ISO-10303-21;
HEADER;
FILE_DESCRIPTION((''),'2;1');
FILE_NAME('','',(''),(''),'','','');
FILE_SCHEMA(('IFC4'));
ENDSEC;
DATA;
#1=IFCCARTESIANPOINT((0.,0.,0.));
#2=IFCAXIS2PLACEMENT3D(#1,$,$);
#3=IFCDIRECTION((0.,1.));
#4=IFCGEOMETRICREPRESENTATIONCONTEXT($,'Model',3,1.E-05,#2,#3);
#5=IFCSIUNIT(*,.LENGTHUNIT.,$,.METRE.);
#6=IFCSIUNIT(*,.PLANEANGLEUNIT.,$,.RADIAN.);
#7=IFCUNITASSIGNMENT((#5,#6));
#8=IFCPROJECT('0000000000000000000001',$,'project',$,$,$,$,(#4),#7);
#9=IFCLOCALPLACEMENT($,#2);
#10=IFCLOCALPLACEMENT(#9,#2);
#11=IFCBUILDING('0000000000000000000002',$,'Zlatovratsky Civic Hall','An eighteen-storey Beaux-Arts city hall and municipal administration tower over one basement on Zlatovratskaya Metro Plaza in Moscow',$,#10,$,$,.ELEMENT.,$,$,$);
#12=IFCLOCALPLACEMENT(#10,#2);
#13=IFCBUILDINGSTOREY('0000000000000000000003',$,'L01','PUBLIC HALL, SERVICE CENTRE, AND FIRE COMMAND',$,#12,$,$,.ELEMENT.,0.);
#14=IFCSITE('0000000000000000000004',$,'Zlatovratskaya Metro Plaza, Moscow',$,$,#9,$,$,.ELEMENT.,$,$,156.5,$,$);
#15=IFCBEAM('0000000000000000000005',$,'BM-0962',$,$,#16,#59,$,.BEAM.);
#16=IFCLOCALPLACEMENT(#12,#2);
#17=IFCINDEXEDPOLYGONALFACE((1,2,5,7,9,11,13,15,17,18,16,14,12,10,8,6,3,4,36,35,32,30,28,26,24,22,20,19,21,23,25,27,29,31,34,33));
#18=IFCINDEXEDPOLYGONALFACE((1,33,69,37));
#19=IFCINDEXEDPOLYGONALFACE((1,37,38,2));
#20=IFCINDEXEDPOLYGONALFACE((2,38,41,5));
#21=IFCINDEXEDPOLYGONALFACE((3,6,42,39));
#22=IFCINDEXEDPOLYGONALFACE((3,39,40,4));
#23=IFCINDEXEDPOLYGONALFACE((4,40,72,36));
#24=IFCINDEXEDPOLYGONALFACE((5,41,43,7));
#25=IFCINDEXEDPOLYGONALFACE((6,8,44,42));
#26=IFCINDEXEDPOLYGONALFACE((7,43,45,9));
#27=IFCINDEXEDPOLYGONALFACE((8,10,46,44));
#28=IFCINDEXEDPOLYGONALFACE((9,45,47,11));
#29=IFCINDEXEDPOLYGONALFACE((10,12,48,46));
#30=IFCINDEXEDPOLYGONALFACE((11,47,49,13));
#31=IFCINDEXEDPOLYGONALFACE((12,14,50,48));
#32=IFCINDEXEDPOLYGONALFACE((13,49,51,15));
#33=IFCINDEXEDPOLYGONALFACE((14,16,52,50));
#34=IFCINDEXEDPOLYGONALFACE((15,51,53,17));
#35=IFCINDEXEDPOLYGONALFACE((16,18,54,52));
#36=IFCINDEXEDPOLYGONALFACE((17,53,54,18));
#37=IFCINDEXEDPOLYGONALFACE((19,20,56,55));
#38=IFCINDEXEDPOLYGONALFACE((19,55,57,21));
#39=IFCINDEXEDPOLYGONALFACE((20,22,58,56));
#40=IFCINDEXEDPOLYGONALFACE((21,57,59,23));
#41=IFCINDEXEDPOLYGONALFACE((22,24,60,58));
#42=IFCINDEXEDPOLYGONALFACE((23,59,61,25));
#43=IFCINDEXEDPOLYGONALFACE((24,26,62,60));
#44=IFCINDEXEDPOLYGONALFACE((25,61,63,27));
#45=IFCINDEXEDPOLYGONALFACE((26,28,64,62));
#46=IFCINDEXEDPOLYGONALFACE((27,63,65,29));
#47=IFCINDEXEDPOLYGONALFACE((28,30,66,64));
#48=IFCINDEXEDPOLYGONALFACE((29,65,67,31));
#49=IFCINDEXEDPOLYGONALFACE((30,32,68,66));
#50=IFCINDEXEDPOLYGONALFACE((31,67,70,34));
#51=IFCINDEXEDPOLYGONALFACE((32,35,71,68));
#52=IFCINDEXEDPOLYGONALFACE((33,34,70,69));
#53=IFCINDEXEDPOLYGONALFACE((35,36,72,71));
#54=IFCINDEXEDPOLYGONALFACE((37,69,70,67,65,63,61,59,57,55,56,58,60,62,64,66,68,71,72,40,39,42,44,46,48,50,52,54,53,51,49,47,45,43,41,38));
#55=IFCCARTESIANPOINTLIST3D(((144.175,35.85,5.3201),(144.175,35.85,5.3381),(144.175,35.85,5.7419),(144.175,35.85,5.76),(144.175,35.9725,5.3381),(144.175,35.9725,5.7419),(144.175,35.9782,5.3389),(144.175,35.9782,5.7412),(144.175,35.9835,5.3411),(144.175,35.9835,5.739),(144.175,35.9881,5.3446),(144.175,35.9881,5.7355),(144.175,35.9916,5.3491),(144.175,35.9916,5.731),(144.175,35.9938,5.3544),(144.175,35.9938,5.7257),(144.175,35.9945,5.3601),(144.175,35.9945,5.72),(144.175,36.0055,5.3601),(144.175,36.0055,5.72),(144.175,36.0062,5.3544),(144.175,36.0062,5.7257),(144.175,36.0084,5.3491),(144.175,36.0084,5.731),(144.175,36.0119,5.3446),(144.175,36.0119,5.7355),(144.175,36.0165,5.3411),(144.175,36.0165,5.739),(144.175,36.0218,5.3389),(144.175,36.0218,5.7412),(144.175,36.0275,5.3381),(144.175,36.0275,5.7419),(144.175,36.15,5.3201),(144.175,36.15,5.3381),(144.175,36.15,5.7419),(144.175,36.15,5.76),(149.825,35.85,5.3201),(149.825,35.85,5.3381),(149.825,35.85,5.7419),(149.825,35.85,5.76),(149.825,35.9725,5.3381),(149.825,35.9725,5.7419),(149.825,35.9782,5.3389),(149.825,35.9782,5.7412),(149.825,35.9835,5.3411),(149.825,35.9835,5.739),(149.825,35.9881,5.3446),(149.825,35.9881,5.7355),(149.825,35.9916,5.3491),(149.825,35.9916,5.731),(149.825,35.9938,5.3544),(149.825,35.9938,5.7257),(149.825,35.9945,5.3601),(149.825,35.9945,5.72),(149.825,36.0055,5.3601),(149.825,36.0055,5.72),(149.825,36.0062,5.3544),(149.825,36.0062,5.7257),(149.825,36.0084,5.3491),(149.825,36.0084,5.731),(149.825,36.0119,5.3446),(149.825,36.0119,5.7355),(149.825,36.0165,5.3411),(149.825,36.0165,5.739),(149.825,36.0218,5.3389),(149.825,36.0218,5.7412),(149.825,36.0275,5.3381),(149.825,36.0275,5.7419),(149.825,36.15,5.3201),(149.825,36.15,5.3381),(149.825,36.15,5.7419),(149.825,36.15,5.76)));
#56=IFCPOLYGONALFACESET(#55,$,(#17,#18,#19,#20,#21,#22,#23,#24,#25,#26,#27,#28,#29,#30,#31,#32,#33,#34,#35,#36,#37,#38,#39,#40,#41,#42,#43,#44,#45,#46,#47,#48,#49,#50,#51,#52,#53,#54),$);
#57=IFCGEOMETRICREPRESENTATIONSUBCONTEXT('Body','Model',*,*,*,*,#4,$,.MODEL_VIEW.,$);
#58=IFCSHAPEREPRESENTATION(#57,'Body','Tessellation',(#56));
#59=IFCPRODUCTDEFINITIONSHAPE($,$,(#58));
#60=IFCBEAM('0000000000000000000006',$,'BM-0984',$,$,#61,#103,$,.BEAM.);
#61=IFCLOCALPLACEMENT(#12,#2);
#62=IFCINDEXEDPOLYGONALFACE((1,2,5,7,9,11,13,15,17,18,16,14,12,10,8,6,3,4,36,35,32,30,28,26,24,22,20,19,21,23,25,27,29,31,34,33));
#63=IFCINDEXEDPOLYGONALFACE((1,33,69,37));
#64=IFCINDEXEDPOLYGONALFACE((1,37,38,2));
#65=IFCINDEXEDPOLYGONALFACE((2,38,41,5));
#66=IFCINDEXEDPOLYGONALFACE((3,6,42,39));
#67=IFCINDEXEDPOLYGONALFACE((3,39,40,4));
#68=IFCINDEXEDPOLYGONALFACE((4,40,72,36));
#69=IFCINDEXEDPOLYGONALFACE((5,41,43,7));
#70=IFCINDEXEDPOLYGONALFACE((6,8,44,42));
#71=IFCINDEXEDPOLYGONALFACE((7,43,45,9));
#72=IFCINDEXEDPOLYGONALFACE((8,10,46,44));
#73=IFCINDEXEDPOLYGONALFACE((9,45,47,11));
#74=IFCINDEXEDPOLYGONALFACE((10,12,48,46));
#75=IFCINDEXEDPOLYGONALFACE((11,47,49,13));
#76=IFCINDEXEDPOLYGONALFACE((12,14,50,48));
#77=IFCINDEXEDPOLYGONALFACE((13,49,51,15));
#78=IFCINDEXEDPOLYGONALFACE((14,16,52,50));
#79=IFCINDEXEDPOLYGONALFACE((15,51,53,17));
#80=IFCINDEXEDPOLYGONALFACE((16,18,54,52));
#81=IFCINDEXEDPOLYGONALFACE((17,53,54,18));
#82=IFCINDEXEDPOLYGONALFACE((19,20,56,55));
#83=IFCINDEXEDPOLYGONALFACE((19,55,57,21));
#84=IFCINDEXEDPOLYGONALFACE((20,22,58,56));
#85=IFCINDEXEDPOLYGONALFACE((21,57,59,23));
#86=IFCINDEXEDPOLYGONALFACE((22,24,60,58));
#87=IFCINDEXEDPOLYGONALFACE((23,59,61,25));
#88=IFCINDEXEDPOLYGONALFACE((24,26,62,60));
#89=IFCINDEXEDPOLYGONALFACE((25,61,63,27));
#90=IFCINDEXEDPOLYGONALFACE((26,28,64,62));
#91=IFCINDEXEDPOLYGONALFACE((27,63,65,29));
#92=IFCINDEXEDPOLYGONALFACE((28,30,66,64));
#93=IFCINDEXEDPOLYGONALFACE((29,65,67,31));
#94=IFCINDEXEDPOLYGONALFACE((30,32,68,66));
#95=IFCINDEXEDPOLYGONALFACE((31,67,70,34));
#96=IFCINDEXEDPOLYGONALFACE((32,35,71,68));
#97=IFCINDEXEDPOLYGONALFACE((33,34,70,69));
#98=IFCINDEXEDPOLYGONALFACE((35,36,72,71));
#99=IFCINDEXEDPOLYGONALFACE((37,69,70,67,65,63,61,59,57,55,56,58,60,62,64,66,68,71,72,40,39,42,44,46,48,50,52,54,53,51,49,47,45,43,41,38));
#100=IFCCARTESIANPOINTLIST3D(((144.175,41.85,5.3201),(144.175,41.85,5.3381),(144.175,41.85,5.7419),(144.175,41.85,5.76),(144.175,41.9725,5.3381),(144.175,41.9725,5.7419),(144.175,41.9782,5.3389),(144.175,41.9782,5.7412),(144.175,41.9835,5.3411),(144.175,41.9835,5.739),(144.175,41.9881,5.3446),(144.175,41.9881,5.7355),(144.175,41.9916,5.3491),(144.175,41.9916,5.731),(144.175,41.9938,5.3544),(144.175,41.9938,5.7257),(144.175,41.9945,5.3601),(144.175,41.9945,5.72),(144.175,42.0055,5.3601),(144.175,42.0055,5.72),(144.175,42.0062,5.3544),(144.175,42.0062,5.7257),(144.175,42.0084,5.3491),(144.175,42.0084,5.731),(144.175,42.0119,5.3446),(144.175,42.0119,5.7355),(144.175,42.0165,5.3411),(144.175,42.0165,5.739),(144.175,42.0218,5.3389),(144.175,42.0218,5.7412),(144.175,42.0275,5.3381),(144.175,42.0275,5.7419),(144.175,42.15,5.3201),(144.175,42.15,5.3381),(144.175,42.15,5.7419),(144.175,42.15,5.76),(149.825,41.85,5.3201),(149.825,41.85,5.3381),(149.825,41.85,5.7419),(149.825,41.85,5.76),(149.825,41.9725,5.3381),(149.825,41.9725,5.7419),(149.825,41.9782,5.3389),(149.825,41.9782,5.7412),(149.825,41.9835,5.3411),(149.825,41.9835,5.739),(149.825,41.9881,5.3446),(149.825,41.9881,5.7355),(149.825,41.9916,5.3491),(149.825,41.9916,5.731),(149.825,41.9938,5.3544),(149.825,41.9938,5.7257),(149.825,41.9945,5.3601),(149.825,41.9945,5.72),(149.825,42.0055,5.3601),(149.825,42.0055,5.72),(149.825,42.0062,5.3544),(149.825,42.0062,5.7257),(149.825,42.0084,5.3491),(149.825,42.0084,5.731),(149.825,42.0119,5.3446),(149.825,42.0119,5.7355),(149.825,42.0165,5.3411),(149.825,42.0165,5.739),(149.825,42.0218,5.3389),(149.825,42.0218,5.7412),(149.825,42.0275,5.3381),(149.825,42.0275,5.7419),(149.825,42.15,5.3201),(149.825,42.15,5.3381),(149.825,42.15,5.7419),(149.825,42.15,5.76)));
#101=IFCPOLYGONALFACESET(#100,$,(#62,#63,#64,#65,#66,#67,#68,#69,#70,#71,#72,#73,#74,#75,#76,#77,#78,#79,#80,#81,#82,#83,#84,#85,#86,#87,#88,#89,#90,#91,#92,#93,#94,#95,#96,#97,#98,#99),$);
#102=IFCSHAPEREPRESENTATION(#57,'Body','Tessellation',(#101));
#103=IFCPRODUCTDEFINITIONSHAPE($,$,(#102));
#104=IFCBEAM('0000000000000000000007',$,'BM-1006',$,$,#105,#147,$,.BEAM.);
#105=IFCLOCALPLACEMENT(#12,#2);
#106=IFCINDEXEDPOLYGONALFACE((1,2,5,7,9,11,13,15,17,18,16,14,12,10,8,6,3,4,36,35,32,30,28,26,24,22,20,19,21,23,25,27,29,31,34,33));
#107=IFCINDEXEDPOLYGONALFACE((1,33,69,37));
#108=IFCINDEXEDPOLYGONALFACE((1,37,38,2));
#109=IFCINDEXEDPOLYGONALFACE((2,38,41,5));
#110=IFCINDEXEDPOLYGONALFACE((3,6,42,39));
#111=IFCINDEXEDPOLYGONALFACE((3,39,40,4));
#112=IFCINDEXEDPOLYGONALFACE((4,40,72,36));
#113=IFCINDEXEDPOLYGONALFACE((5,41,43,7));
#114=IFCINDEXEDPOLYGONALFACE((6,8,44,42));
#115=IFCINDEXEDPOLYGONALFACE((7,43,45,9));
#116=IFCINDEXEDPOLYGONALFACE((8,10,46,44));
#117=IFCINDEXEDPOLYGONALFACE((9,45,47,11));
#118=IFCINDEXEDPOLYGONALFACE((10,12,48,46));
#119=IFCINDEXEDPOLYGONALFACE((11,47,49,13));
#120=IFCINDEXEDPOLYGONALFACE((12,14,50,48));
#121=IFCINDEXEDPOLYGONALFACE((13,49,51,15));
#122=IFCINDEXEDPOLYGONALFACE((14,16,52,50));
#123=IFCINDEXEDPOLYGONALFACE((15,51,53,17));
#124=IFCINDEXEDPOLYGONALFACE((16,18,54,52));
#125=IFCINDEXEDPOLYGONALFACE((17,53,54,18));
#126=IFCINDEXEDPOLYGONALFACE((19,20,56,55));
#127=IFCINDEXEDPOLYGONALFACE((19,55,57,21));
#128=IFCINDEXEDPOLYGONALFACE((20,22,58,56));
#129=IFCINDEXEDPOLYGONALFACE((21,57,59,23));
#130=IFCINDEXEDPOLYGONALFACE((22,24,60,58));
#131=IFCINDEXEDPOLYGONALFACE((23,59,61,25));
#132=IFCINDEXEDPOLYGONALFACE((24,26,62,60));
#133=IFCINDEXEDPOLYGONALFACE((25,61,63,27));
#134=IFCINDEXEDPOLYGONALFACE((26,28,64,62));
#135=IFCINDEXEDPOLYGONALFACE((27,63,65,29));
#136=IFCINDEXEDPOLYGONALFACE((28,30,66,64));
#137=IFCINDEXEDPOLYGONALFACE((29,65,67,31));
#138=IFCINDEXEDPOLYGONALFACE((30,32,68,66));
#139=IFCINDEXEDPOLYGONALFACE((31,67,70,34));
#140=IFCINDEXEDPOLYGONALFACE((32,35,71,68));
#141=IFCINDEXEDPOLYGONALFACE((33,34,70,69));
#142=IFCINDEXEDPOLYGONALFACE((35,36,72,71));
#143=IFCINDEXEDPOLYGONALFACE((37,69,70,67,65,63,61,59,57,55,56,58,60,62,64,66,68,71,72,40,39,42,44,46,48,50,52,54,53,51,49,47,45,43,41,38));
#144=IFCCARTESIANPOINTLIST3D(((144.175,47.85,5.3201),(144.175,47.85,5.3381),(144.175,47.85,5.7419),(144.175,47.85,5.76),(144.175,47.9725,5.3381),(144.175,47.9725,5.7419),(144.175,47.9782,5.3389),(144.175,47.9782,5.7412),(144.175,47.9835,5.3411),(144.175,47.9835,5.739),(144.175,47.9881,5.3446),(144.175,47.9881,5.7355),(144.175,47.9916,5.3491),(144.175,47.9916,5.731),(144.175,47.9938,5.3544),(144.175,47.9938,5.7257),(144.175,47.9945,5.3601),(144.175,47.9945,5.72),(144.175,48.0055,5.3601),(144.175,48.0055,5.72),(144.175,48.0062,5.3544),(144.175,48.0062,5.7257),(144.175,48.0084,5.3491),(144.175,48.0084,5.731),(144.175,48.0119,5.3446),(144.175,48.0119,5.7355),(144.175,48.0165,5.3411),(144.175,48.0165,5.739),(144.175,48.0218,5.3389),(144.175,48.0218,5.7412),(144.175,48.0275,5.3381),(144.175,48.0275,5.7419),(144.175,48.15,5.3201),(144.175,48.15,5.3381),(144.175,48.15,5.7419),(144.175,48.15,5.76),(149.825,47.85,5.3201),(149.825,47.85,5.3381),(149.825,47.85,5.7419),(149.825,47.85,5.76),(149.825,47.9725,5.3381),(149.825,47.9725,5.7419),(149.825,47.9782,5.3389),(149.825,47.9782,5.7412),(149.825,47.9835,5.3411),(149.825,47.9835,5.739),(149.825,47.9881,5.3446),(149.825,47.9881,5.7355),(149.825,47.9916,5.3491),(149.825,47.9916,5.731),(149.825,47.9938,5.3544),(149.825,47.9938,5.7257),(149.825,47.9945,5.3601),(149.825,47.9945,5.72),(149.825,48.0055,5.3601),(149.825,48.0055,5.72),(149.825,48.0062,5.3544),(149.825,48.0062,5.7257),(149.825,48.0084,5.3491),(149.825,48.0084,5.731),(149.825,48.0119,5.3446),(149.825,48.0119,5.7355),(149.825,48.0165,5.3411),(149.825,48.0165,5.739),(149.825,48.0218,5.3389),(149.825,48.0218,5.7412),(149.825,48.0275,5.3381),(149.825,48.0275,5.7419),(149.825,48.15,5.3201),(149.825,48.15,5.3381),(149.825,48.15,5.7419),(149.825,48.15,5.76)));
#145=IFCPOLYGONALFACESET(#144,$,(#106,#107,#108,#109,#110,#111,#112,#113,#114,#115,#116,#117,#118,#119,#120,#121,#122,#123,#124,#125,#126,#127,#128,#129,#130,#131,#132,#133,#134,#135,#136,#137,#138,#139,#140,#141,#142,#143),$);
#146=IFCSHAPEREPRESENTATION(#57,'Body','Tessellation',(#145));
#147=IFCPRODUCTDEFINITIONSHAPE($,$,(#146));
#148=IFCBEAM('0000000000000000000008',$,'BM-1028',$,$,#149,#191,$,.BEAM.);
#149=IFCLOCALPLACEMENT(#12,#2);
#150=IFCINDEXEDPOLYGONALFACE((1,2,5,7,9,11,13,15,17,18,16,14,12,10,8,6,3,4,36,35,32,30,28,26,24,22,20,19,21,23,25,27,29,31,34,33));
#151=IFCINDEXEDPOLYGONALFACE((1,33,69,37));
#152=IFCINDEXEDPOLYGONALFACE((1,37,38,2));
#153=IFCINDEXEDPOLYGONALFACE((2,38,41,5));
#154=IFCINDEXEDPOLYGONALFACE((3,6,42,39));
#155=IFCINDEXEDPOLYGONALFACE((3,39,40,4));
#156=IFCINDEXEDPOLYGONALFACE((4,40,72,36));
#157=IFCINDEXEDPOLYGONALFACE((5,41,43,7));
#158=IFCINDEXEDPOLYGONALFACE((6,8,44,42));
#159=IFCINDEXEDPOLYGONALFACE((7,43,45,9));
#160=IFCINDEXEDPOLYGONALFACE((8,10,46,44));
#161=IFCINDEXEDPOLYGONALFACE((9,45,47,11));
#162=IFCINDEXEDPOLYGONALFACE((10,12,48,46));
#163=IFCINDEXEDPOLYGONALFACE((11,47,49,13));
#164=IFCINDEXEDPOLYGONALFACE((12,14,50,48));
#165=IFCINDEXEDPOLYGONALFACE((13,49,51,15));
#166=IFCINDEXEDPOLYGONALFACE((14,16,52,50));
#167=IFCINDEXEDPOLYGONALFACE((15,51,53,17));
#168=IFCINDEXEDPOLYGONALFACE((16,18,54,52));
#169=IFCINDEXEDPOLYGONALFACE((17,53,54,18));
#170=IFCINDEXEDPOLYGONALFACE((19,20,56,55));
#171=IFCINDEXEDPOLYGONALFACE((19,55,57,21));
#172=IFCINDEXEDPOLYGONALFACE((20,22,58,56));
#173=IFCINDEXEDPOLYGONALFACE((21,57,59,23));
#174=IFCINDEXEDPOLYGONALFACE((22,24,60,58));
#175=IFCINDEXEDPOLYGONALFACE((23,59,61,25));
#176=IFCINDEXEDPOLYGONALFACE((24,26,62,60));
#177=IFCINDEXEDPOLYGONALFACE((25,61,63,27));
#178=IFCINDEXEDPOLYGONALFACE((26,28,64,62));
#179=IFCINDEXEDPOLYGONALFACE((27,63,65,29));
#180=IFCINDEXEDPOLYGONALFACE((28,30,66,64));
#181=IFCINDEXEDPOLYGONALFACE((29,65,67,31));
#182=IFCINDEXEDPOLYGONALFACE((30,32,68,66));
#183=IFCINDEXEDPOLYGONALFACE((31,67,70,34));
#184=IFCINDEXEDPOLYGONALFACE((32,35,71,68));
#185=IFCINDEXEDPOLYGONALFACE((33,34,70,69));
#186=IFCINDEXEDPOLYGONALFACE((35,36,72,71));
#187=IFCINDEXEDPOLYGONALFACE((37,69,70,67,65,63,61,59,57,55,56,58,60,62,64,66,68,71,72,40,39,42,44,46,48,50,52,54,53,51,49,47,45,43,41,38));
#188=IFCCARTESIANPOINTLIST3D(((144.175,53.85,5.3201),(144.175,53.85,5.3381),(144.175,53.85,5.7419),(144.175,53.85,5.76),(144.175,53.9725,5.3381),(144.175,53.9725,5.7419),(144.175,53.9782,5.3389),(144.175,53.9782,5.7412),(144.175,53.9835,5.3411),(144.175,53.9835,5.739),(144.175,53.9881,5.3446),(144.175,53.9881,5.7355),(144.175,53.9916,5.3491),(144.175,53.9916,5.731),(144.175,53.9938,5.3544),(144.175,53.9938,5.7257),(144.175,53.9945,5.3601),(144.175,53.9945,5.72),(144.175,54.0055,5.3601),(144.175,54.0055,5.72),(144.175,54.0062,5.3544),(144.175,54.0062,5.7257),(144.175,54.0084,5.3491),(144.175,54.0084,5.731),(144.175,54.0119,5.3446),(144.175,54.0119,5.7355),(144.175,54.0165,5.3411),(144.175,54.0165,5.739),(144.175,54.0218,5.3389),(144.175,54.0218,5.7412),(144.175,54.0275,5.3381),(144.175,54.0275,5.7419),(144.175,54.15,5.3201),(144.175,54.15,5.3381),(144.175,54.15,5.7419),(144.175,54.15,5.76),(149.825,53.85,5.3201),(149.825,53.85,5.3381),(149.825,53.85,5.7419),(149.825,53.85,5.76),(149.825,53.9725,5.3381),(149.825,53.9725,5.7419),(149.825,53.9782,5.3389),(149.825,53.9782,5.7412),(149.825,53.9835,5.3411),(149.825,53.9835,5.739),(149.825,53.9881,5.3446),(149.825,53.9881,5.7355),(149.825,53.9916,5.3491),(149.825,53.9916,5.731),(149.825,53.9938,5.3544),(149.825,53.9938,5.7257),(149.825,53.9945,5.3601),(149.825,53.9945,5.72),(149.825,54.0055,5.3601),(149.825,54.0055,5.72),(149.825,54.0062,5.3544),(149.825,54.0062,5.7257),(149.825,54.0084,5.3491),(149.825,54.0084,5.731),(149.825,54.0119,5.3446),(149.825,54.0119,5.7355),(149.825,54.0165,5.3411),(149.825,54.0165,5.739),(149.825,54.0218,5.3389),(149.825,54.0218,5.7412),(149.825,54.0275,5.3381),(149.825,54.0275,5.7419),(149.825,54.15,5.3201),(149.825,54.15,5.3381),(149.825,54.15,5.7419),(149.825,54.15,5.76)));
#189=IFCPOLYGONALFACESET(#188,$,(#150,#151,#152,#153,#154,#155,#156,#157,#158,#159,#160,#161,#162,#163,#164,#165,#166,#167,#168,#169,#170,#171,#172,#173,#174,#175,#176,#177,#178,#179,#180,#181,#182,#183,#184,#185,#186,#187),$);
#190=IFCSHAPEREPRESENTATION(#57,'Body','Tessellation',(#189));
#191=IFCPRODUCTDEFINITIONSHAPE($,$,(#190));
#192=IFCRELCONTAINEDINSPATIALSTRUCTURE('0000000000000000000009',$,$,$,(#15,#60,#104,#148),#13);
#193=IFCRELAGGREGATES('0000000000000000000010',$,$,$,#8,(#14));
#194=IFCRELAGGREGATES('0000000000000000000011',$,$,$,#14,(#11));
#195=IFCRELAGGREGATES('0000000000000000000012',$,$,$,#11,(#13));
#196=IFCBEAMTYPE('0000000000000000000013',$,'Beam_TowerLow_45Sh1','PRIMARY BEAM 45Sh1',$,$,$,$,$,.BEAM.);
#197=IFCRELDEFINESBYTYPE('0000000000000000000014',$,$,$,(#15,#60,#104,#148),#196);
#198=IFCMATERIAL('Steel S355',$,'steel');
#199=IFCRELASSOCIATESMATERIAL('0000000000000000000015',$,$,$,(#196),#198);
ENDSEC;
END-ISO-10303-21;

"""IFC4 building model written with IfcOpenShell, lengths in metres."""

from ifc_helpers import new_model, si_unit, direction, frame, origin, origin_2d, place, context, subcontext, project, spatial, i_section, extrude, material, material_profile, profile_set, type_object, element, save


model = new_model("IFC4")

# Units and contexts
model_context = context("Model", 3, precision=1e-05, world=origin(), true_north=direction((0.0, 1.0)))
body_context = subcontext(model_context, "Body", "Model", "MODEL_VIEW")
ifc_project = project(units=[si_unit("LENGTHUNIT", "METRE"), si_unit("PLANEANGLEUNIT", "RADIAN")], contexts=[model_context])

# Site, building, storey
site_placement = place(None, origin())
site = spatial("IfcSite", under=ifc_project, at=site_placement, Name="Zlatovratskaya Metro Plaza, Moscow", CompositionType="ELEMENT", RefElevation=156.5)
building_placement = place(site_placement, origin())
building = spatial("IfcBuilding", under=site, at=building_placement, Name="Zlatovratsky Civic Hall", Description="An eighteen-storey Beaux-Arts city hall and municipal administration tower over one basement on Zlatovratskaya Metro Plaza in Moscow", CompositionType="ELEMENT")
storey_placement = place(building_placement, origin())
storey = spatial("IfcBuildingStorey", under=building, at=storey_placement, Name="L01", Description="PUBLIC HALL, SERVICE CENTRE, AND FIRE COMMAND", CompositionType="ELEMENT", Elevation=0.0)

# Shared definitions
ifc_material = material(Name="Steel S355", Category="steel")

# Beams
ifc_material_profile_1 = material_profile(ifc_material, i_section(OverallWidth=0.3, OverallDepth=0.4399, WebThickness=0.011, FlangeThickness=0.0181, FilletRadius=0.022, at=origin_2d()), Name="45Sh1")
ifc_profile_set_1 = profile_set([ifc_material_profile_1], Name="Steel S355")
beam_type_1 = type_object("IfcBeamType", Name="Beam_TowerLow_45Sh1", Description="PRIMARY BEAM 45Sh1", PredefinedType="BEAM", material=ifc_profile_set_1)
for number, where, z_axis, x_axis, name in (
    (1, (144.175, 36.0, 5.54), (1.0, 0.0, 0.0), (0.0, 1.0, 0.0), "BM-0962"),
    (2, (144.175, 42.0, 5.54), (1.0, 0.0, 0.0), (0.0, 1.0, 0.0), "BM-0984"),
    (3, (144.175, 48.0, 5.54), (1.0, 0.0, 0.0), (0.0, 1.0, 0.0), "BM-1006"),
    (4, (144.175, 54.0, 5.54), (1.0, 0.0, 0.0), (0.0, 1.0, 0.0), "BM-1028"),
):
    element("IfcBeam", number, at=place(storey_placement, frame(where, z_axis=z_axis, x_axis=x_axis)), inside=storey, type_object=beam_type_1, Name=name, PredefinedType="BEAM", context=body_context, shape_type="SweptSolid", body=[
        extrude(i_section(OverallWidth=0.3, OverallDepth=0.4399, WebThickness=0.011, FlangeThickness=0.0181, FilletRadius=0.022, at=origin_2d()), origin(), (0.0, 0.0, 1.0), 5.6499),
    ])

save(model, "model.ifc")
